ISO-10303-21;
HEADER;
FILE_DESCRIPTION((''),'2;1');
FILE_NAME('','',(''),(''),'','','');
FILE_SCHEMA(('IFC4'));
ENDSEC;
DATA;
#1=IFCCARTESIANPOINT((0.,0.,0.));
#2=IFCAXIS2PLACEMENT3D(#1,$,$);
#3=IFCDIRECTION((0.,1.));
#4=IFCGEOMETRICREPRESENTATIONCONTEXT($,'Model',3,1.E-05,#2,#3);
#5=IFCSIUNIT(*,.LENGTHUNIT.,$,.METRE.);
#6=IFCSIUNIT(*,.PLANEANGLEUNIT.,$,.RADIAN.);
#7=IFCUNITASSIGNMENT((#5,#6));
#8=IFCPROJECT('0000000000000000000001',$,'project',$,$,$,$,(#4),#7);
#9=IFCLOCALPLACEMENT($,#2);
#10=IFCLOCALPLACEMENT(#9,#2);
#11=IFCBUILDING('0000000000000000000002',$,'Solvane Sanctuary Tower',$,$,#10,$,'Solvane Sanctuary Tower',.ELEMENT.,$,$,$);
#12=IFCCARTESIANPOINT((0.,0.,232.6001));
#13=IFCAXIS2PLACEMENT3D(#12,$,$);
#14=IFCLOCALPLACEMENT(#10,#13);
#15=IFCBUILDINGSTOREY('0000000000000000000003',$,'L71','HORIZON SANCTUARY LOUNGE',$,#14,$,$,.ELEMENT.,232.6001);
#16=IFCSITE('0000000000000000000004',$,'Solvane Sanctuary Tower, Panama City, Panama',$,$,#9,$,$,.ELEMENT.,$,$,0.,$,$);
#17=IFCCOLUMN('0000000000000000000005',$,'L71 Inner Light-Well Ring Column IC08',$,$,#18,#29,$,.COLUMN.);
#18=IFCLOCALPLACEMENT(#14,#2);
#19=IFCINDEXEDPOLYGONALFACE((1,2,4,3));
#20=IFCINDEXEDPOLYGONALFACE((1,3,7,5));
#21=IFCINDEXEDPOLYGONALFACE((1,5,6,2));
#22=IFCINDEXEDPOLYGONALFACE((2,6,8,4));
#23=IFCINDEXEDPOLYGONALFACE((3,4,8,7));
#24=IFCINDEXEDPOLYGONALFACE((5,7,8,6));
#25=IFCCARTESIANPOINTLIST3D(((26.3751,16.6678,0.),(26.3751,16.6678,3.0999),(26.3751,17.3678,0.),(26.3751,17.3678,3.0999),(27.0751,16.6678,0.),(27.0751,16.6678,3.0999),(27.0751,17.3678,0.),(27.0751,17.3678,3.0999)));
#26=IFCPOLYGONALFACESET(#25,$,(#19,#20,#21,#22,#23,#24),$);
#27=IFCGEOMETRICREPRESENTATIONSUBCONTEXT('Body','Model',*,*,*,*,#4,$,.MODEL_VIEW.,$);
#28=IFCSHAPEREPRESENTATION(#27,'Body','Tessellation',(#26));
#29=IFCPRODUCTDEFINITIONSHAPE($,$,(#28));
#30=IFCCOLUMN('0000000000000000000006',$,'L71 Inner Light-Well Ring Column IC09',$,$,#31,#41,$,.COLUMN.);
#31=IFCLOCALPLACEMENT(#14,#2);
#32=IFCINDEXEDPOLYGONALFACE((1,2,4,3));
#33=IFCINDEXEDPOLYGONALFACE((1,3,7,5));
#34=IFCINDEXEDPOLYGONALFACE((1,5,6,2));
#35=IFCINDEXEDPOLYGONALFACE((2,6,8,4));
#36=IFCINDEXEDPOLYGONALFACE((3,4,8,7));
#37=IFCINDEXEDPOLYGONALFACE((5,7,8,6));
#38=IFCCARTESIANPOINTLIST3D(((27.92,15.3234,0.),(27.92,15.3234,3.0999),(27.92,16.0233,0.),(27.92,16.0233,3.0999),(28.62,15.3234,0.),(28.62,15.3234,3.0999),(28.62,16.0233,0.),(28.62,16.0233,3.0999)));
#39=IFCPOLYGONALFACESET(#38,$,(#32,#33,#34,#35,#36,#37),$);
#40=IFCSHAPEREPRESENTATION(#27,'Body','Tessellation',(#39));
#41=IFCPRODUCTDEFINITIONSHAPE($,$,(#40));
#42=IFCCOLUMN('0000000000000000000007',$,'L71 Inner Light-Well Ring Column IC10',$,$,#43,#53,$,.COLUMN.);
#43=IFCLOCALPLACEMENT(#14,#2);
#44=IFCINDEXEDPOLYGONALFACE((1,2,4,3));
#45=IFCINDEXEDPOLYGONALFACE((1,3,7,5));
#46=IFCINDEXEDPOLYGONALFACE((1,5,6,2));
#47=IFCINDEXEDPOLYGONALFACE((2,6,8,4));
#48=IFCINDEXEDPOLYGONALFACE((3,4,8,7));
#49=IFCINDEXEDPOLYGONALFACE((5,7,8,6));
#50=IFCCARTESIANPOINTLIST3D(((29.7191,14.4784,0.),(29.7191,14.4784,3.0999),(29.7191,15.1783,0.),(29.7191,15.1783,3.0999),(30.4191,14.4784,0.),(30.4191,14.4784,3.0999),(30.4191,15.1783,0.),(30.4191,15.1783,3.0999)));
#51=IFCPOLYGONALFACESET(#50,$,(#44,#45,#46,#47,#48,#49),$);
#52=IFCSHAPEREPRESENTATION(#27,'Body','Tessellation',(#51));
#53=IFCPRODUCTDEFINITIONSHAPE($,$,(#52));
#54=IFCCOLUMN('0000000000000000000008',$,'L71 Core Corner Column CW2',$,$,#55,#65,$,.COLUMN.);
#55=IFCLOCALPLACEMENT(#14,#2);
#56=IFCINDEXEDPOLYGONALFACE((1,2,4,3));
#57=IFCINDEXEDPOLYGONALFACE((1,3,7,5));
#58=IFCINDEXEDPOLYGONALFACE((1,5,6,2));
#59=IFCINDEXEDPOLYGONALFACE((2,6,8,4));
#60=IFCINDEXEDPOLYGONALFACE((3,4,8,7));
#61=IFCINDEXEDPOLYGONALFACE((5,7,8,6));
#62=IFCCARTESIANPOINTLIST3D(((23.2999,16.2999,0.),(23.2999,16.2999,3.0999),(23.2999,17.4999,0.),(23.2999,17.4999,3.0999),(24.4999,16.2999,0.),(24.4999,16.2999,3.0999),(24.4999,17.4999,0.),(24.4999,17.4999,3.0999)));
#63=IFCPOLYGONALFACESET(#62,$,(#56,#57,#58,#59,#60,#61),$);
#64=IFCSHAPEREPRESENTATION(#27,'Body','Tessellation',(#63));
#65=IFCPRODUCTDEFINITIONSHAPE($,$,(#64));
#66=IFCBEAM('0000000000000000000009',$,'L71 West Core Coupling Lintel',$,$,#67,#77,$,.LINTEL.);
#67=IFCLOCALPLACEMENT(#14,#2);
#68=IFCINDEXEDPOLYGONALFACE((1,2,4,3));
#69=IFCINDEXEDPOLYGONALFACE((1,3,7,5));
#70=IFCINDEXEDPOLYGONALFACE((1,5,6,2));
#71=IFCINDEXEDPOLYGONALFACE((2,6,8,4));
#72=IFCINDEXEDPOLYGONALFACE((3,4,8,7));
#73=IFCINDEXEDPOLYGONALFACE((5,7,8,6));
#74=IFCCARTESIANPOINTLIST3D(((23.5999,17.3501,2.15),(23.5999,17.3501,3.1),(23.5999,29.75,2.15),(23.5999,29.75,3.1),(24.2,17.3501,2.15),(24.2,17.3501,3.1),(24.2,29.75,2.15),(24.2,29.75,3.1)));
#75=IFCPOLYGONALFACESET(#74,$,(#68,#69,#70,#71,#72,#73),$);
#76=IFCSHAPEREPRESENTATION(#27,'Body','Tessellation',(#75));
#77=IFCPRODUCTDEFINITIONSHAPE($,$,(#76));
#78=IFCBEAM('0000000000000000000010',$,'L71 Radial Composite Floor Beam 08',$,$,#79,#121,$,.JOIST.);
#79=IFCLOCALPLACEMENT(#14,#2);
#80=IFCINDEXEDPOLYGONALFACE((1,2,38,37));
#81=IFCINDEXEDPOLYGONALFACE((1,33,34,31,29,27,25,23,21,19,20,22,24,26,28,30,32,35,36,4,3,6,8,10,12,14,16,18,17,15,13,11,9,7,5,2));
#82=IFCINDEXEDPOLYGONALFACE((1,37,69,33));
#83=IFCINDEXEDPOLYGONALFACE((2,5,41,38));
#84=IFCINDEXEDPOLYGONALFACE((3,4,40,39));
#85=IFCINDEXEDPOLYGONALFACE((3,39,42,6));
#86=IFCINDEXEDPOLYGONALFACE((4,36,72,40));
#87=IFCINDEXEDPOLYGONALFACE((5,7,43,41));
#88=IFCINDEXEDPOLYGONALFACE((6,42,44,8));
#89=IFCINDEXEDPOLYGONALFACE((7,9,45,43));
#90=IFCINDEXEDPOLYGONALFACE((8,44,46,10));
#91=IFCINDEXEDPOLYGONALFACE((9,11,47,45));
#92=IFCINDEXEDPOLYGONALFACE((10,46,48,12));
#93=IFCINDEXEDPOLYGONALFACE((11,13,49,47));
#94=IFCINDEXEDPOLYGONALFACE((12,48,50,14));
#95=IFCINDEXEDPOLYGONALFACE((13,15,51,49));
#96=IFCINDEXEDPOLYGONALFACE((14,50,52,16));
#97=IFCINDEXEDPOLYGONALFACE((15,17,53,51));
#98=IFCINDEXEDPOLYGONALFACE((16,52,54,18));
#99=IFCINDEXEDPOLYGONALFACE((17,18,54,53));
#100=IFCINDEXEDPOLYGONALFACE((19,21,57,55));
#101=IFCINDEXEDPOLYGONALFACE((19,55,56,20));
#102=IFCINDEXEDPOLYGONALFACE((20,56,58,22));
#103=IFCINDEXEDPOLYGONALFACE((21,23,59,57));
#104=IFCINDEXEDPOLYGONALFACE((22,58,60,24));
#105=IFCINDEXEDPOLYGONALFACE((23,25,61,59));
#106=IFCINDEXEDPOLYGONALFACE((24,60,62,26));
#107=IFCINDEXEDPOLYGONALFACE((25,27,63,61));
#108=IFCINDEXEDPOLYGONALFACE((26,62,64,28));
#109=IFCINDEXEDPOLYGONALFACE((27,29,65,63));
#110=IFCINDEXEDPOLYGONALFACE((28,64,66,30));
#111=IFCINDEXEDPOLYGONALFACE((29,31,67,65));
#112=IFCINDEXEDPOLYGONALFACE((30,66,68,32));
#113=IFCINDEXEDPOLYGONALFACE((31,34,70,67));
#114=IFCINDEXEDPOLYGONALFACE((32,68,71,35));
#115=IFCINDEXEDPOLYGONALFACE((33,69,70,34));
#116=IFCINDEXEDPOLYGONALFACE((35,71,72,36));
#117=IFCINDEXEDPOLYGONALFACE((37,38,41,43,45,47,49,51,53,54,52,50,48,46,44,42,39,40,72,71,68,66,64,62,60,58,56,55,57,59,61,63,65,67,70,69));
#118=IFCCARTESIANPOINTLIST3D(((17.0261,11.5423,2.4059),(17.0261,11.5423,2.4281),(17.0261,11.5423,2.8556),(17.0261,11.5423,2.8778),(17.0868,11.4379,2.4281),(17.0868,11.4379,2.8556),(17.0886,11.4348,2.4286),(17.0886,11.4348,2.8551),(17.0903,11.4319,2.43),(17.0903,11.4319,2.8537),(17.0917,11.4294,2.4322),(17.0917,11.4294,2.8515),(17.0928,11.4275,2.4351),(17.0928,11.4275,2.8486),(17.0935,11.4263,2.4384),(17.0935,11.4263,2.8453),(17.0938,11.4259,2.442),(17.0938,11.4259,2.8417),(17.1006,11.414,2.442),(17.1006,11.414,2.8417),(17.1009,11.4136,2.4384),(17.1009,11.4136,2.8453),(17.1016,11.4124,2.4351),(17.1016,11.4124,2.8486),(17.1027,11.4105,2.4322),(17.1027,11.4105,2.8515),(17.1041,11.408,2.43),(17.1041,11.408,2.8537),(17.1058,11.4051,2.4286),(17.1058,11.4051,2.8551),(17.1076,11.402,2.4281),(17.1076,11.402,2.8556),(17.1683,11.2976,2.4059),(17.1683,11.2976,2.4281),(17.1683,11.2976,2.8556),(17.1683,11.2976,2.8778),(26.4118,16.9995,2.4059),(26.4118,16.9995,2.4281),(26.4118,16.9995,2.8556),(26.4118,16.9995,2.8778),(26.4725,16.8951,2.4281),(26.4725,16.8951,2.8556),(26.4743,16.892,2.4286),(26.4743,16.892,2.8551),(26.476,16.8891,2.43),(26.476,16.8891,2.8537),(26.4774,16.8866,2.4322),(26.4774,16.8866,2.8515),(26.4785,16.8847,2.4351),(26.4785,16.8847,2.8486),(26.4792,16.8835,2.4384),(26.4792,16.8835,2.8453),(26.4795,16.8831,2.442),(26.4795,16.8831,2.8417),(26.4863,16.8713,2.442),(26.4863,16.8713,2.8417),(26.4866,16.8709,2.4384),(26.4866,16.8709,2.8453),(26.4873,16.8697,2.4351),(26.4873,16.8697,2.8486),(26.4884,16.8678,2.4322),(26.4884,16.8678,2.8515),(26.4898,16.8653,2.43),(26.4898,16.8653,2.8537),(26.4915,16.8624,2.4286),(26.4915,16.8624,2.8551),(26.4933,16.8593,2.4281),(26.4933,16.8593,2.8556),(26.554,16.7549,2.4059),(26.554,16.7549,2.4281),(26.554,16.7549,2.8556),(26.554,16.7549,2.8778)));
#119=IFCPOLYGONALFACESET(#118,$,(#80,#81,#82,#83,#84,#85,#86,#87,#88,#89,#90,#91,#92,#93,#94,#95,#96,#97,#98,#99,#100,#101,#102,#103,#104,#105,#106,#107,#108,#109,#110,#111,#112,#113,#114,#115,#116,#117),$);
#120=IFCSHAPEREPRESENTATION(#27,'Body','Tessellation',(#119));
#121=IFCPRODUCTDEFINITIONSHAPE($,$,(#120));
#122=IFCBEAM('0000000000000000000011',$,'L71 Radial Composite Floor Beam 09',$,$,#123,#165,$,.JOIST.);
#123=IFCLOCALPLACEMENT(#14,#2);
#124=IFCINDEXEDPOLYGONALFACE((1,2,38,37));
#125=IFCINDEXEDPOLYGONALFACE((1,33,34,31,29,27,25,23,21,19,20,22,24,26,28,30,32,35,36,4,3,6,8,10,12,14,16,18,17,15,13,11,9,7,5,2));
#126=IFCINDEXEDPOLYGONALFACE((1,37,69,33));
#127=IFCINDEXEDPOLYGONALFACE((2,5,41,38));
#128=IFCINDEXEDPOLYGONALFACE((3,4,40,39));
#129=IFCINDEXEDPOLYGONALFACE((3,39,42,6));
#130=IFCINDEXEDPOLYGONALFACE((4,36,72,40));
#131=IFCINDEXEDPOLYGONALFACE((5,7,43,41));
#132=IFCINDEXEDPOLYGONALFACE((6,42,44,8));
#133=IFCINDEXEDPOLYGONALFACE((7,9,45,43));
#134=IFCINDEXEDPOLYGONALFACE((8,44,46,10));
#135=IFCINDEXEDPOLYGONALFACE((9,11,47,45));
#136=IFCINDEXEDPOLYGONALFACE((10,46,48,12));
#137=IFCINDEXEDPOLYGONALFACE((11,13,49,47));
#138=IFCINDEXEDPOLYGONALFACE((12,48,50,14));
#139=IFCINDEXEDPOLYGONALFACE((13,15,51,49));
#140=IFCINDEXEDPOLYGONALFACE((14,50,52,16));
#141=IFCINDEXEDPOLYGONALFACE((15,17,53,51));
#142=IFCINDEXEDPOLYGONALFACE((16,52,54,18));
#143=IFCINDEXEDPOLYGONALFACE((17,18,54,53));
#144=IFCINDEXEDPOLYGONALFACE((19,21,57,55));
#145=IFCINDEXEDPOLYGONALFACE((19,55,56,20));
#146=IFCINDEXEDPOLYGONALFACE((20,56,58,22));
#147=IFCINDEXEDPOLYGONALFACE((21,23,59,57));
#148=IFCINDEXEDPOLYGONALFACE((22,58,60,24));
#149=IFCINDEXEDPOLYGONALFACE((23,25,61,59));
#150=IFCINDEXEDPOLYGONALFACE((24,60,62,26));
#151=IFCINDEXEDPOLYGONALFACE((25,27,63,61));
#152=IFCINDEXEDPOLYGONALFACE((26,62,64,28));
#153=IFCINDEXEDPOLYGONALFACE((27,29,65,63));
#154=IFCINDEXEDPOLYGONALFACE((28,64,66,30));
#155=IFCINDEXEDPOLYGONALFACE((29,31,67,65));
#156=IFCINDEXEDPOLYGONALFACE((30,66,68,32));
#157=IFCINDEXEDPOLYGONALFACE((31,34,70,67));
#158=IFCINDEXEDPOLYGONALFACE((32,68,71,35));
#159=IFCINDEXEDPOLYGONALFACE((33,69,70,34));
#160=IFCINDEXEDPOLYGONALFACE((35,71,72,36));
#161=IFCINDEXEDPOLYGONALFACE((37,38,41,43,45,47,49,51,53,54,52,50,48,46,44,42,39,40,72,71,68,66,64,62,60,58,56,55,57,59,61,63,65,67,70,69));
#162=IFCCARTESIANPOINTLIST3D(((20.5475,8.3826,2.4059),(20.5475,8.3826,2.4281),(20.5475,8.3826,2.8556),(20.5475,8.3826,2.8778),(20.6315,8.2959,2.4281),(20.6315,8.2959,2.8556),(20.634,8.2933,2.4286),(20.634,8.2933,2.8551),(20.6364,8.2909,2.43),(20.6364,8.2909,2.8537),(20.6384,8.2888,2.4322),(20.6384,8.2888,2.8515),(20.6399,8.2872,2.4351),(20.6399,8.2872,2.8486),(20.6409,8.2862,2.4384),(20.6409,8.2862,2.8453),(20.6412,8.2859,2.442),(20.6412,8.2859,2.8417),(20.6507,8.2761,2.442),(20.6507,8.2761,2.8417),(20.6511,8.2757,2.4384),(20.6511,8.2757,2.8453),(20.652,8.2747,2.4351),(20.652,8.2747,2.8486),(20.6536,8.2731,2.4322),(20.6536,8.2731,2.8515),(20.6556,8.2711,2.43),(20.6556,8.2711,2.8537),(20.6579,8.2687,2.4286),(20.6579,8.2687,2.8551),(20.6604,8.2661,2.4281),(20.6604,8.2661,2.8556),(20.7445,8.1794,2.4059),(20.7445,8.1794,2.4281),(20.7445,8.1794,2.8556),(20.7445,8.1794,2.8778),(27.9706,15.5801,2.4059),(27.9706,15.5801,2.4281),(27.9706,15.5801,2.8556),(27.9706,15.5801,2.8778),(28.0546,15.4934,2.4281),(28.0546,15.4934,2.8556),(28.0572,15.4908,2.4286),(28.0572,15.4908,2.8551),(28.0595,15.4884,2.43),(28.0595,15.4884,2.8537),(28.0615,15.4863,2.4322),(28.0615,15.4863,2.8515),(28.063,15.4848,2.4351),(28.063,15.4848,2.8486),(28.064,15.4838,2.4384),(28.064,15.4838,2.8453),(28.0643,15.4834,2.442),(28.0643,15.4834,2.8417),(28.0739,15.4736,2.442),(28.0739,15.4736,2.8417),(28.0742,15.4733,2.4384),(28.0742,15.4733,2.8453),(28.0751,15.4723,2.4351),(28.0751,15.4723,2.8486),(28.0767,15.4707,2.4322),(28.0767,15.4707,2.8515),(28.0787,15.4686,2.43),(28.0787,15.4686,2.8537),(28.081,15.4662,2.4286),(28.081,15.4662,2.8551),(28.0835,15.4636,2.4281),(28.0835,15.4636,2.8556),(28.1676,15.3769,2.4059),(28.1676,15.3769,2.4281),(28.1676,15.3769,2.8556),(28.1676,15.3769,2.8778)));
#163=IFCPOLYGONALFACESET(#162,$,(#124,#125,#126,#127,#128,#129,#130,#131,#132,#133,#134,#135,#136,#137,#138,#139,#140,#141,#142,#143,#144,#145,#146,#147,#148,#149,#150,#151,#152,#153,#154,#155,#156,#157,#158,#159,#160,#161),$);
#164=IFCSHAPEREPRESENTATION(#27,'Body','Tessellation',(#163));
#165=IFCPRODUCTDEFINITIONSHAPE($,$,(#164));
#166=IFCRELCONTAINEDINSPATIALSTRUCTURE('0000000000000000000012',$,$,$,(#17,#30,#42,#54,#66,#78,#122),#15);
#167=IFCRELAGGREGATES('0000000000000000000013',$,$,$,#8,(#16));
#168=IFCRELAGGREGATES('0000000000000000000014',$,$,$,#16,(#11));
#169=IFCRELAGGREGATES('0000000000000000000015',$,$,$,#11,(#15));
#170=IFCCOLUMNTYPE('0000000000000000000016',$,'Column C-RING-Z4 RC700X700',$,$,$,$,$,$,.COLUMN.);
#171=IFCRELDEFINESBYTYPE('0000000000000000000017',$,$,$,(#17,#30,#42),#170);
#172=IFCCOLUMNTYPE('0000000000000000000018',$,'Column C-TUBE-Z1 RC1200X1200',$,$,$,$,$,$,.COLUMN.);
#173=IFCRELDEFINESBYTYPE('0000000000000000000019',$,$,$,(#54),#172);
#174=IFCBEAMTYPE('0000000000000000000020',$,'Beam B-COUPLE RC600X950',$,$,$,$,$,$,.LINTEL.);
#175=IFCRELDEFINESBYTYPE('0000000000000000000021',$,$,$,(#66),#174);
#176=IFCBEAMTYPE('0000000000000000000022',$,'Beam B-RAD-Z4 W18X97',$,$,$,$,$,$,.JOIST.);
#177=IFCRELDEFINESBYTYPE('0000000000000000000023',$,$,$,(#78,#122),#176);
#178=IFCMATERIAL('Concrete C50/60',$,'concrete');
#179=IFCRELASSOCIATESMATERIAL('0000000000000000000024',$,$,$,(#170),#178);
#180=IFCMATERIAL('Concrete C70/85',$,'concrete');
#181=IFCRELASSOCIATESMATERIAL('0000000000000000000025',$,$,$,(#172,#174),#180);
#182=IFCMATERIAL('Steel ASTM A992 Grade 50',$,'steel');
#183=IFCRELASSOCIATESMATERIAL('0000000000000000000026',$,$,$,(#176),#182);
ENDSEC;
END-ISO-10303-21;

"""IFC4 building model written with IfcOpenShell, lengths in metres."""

from ifc_helpers import new_model, si_unit, direction, frame, origin, origin_2d, place, context, subcontext, project, spatial, rectangle, i_section, extrude, material, material_profile, profile_set, type_object, element, save


model = new_model("IFC4")

# Units and contexts
model_context = context("Model", 3, precision=1e-05, world=origin(), true_north=direction((0.0, 1.0)))
body_context = subcontext(model_context, "Body", "Model", "MODEL_VIEW")
ifc_project = project(units=[si_unit("LENGTHUNIT", "METRE"), si_unit("PLANEANGLEUNIT", "RADIAN")], contexts=[model_context])

# Site, building, storey
site_placement = place(None, origin())
site = spatial("IfcSite", under=ifc_project, at=site_placement, Name="Solvane Sanctuary Tower, Panama City, Panama", CompositionType="ELEMENT", RefElevation=0.0)
building_placement = place(site_placement, origin())
building = spatial("IfcBuilding", under=site, at=building_placement, Name="Solvane Sanctuary Tower", LongName="Solvane Sanctuary Tower", CompositionType="ELEMENT")
storey_placement = place(building_placement, frame((0.0, 0.0, 232.6001)))
storey = spatial("IfcBuildingStorey", under=building, at=storey_placement, Name="L71", Description="HORIZON SANCTUARY LOUNGE", CompositionType="ELEMENT", Elevation=232.6001)

# Columns
ifc_material_1 = material(Name="Concrete C50/60", Category="concrete")
ifc_material_profile_1 = material_profile(ifc_material_1, rectangle(XDim=0.7, YDim=0.7, at=origin_2d()), Name="RC700X700")
ifc_profile_set_1 = profile_set([ifc_material_profile_1], Name="Concrete C50/60")
column_type_1 = type_object("IfcColumnType", Name="Column C-RING-Z4 RC700X700", PredefinedType="COLUMN", material=ifc_profile_set_1)
for number, where, z_axis, x_axis, name in (
    (1, (26.7251, 17.0178, 0.0), (0.0, 0.0, 1.0), (1.0, 0.0, 0.0), "L71 Inner Light-Well Ring Column IC08"),
    (2, (28.27, 15.6733, 0.0), (0.0, 0.0, 1.0), (1.0, 0.0, 0.0), "L71 Inner Light-Well Ring Column IC09"),
    (3, (30.0691, 14.8284, 0.0), (0.0, 0.0, 1.0), (1.0, 0.0, 0.0), "L71 Inner Light-Well Ring Column IC10"),
):
    element("IfcColumn", number, at=place(storey_placement, frame(where, z_axis=z_axis, x_axis=x_axis)), inside=storey, type_object=column_type_1, Name=name, PredefinedType="COLUMN", context=body_context, shape_type="SweptSolid", body=[
        extrude(rectangle(XDim=0.7, YDim=0.7, at=origin_2d()), origin(), (0.0, 0.0, 1.0), 3.0999),
    ])
ifc_material_2 = material(Name="Concrete C70/85", Category="concrete")
ifc_material_profile_2 = material_profile(ifc_material_2, rectangle(XDim=1.2, YDim=1.2, at=origin_2d()), Name="RC1200X1200")
ifc_profile_set_2 = profile_set([ifc_material_profile_2], Name="Concrete C70/85")
column_type_2 = type_object("IfcColumnType", Name="Column C-TUBE-Z1 RC1200X1200", PredefinedType="COLUMN", material=ifc_profile_set_2)
column_placement = place(storey_placement, frame((23.8999, 16.8999, 0.0), z_axis=(0.0, 0.0, 1.0), x_axis=(1.0, 0.0, 0.0)))
element("IfcColumn", 4, at=column_placement, inside=storey, type_object=column_type_2, Name="L71 Core Corner Column CW2", PredefinedType="COLUMN", context=body_context, shape_type="SweptSolid", body=[
    extrude(rectangle(XDim=1.2, YDim=1.2, at=origin_2d()), origin(), (0.0, 0.0, 1.0), 3.0999),
])

# Beams
ifc_material_profile_3 = material_profile(ifc_material_2, rectangle(XDim=0.6001, YDim=0.95, at=origin_2d()), Name="RC600X950")
ifc_profile_set_3 = profile_set([ifc_material_profile_3], Name="Concrete C70/85")
beam_type_1 = type_object("IfcBeamType", Name="Beam B-COUPLE RC600X950", PredefinedType="LINTEL", material=ifc_profile_set_3)
beam_1_placement = place(storey_placement, frame((23.8999, 17.3501, 2.625), z_axis=(0.0, 1.0, 0.0), x_axis=(-1.0, 0.0, 0.0)))
element("IfcBeam", 5, at=beam_1_placement, inside=storey, type_object=beam_type_1, Name="L71 West Core Coupling Lintel", PredefinedType="LINTEL", context=body_context, shape_type="SweptSolid", body=[
    extrude(rectangle(XDim=0.6001, YDim=0.95, at=origin_2d()), origin(), (0.0, 0.0, 1.0), 12.3999),
])
ifc_material_3 = material(Name="Steel ASTM A992 Grade 50", Category="steel")
ifc_material_profile_4 = material_profile(ifc_material_3, i_section(OverallWidth=0.283, OverallDepth=0.4719, WebThickness=0.0137, FlangeThickness=0.0222, FilletRadius=0.0139, at=origin_2d()), Name="W18X97")
ifc_profile_set_4 = profile_set([ifc_material_profile_4], Name="Steel ASTM A992 Grade 50")
beam_type_2 = type_object("IfcBeamType", Name="Beam B-RAD-Z4 W18X97", PredefinedType="JOIST", material=ifc_profile_set_4)
beam_2_placement = place(storey_placement, frame((26.4829, 16.8772, 2.6418), z_axis=(-0.864489, -0.502651, 0.0), x_axis=(0.502651, -0.864489, 0.0)))
element("IfcBeam", 6, at=beam_2_placement, inside=storey, type_object=beam_type_2, Name="L71 Radial Composite Floor Beam 08", PredefinedType="JOIST", context=body_context, shape_type="SweptSolid", body=[
    extrude(i_section(OverallWidth=0.283, OverallDepth=0.4719, WebThickness=0.0137, FlangeThickness=0.0222, FilletRadius=0.0139, at=origin_2d()), origin(), (0.0, 0.0, 1.0), 10.8569),
])
beam_3_placement = place(storey_placement, frame((28.0691, 15.4785, 2.6418), z_axis=(-0.717932, -0.696114, 0.0), x_axis=(0.696114, -0.717932, 0.0)))
element("IfcBeam", 7, at=beam_3_placement, inside=storey, type_object=beam_type_2, Name="L71 Radial Composite Floor Beam 09", PredefinedType="JOIST", context=body_context, shape_type="SweptSolid", body=[
    extrude(i_section(OverallWidth=0.283, OverallDepth=0.4719, WebThickness=0.0137, FlangeThickness=0.0222, FilletRadius=0.0139, at=origin_2d()), origin(), (0.0, 0.0, 1.0), 10.3396),
])

save(model, "model.ifc")
